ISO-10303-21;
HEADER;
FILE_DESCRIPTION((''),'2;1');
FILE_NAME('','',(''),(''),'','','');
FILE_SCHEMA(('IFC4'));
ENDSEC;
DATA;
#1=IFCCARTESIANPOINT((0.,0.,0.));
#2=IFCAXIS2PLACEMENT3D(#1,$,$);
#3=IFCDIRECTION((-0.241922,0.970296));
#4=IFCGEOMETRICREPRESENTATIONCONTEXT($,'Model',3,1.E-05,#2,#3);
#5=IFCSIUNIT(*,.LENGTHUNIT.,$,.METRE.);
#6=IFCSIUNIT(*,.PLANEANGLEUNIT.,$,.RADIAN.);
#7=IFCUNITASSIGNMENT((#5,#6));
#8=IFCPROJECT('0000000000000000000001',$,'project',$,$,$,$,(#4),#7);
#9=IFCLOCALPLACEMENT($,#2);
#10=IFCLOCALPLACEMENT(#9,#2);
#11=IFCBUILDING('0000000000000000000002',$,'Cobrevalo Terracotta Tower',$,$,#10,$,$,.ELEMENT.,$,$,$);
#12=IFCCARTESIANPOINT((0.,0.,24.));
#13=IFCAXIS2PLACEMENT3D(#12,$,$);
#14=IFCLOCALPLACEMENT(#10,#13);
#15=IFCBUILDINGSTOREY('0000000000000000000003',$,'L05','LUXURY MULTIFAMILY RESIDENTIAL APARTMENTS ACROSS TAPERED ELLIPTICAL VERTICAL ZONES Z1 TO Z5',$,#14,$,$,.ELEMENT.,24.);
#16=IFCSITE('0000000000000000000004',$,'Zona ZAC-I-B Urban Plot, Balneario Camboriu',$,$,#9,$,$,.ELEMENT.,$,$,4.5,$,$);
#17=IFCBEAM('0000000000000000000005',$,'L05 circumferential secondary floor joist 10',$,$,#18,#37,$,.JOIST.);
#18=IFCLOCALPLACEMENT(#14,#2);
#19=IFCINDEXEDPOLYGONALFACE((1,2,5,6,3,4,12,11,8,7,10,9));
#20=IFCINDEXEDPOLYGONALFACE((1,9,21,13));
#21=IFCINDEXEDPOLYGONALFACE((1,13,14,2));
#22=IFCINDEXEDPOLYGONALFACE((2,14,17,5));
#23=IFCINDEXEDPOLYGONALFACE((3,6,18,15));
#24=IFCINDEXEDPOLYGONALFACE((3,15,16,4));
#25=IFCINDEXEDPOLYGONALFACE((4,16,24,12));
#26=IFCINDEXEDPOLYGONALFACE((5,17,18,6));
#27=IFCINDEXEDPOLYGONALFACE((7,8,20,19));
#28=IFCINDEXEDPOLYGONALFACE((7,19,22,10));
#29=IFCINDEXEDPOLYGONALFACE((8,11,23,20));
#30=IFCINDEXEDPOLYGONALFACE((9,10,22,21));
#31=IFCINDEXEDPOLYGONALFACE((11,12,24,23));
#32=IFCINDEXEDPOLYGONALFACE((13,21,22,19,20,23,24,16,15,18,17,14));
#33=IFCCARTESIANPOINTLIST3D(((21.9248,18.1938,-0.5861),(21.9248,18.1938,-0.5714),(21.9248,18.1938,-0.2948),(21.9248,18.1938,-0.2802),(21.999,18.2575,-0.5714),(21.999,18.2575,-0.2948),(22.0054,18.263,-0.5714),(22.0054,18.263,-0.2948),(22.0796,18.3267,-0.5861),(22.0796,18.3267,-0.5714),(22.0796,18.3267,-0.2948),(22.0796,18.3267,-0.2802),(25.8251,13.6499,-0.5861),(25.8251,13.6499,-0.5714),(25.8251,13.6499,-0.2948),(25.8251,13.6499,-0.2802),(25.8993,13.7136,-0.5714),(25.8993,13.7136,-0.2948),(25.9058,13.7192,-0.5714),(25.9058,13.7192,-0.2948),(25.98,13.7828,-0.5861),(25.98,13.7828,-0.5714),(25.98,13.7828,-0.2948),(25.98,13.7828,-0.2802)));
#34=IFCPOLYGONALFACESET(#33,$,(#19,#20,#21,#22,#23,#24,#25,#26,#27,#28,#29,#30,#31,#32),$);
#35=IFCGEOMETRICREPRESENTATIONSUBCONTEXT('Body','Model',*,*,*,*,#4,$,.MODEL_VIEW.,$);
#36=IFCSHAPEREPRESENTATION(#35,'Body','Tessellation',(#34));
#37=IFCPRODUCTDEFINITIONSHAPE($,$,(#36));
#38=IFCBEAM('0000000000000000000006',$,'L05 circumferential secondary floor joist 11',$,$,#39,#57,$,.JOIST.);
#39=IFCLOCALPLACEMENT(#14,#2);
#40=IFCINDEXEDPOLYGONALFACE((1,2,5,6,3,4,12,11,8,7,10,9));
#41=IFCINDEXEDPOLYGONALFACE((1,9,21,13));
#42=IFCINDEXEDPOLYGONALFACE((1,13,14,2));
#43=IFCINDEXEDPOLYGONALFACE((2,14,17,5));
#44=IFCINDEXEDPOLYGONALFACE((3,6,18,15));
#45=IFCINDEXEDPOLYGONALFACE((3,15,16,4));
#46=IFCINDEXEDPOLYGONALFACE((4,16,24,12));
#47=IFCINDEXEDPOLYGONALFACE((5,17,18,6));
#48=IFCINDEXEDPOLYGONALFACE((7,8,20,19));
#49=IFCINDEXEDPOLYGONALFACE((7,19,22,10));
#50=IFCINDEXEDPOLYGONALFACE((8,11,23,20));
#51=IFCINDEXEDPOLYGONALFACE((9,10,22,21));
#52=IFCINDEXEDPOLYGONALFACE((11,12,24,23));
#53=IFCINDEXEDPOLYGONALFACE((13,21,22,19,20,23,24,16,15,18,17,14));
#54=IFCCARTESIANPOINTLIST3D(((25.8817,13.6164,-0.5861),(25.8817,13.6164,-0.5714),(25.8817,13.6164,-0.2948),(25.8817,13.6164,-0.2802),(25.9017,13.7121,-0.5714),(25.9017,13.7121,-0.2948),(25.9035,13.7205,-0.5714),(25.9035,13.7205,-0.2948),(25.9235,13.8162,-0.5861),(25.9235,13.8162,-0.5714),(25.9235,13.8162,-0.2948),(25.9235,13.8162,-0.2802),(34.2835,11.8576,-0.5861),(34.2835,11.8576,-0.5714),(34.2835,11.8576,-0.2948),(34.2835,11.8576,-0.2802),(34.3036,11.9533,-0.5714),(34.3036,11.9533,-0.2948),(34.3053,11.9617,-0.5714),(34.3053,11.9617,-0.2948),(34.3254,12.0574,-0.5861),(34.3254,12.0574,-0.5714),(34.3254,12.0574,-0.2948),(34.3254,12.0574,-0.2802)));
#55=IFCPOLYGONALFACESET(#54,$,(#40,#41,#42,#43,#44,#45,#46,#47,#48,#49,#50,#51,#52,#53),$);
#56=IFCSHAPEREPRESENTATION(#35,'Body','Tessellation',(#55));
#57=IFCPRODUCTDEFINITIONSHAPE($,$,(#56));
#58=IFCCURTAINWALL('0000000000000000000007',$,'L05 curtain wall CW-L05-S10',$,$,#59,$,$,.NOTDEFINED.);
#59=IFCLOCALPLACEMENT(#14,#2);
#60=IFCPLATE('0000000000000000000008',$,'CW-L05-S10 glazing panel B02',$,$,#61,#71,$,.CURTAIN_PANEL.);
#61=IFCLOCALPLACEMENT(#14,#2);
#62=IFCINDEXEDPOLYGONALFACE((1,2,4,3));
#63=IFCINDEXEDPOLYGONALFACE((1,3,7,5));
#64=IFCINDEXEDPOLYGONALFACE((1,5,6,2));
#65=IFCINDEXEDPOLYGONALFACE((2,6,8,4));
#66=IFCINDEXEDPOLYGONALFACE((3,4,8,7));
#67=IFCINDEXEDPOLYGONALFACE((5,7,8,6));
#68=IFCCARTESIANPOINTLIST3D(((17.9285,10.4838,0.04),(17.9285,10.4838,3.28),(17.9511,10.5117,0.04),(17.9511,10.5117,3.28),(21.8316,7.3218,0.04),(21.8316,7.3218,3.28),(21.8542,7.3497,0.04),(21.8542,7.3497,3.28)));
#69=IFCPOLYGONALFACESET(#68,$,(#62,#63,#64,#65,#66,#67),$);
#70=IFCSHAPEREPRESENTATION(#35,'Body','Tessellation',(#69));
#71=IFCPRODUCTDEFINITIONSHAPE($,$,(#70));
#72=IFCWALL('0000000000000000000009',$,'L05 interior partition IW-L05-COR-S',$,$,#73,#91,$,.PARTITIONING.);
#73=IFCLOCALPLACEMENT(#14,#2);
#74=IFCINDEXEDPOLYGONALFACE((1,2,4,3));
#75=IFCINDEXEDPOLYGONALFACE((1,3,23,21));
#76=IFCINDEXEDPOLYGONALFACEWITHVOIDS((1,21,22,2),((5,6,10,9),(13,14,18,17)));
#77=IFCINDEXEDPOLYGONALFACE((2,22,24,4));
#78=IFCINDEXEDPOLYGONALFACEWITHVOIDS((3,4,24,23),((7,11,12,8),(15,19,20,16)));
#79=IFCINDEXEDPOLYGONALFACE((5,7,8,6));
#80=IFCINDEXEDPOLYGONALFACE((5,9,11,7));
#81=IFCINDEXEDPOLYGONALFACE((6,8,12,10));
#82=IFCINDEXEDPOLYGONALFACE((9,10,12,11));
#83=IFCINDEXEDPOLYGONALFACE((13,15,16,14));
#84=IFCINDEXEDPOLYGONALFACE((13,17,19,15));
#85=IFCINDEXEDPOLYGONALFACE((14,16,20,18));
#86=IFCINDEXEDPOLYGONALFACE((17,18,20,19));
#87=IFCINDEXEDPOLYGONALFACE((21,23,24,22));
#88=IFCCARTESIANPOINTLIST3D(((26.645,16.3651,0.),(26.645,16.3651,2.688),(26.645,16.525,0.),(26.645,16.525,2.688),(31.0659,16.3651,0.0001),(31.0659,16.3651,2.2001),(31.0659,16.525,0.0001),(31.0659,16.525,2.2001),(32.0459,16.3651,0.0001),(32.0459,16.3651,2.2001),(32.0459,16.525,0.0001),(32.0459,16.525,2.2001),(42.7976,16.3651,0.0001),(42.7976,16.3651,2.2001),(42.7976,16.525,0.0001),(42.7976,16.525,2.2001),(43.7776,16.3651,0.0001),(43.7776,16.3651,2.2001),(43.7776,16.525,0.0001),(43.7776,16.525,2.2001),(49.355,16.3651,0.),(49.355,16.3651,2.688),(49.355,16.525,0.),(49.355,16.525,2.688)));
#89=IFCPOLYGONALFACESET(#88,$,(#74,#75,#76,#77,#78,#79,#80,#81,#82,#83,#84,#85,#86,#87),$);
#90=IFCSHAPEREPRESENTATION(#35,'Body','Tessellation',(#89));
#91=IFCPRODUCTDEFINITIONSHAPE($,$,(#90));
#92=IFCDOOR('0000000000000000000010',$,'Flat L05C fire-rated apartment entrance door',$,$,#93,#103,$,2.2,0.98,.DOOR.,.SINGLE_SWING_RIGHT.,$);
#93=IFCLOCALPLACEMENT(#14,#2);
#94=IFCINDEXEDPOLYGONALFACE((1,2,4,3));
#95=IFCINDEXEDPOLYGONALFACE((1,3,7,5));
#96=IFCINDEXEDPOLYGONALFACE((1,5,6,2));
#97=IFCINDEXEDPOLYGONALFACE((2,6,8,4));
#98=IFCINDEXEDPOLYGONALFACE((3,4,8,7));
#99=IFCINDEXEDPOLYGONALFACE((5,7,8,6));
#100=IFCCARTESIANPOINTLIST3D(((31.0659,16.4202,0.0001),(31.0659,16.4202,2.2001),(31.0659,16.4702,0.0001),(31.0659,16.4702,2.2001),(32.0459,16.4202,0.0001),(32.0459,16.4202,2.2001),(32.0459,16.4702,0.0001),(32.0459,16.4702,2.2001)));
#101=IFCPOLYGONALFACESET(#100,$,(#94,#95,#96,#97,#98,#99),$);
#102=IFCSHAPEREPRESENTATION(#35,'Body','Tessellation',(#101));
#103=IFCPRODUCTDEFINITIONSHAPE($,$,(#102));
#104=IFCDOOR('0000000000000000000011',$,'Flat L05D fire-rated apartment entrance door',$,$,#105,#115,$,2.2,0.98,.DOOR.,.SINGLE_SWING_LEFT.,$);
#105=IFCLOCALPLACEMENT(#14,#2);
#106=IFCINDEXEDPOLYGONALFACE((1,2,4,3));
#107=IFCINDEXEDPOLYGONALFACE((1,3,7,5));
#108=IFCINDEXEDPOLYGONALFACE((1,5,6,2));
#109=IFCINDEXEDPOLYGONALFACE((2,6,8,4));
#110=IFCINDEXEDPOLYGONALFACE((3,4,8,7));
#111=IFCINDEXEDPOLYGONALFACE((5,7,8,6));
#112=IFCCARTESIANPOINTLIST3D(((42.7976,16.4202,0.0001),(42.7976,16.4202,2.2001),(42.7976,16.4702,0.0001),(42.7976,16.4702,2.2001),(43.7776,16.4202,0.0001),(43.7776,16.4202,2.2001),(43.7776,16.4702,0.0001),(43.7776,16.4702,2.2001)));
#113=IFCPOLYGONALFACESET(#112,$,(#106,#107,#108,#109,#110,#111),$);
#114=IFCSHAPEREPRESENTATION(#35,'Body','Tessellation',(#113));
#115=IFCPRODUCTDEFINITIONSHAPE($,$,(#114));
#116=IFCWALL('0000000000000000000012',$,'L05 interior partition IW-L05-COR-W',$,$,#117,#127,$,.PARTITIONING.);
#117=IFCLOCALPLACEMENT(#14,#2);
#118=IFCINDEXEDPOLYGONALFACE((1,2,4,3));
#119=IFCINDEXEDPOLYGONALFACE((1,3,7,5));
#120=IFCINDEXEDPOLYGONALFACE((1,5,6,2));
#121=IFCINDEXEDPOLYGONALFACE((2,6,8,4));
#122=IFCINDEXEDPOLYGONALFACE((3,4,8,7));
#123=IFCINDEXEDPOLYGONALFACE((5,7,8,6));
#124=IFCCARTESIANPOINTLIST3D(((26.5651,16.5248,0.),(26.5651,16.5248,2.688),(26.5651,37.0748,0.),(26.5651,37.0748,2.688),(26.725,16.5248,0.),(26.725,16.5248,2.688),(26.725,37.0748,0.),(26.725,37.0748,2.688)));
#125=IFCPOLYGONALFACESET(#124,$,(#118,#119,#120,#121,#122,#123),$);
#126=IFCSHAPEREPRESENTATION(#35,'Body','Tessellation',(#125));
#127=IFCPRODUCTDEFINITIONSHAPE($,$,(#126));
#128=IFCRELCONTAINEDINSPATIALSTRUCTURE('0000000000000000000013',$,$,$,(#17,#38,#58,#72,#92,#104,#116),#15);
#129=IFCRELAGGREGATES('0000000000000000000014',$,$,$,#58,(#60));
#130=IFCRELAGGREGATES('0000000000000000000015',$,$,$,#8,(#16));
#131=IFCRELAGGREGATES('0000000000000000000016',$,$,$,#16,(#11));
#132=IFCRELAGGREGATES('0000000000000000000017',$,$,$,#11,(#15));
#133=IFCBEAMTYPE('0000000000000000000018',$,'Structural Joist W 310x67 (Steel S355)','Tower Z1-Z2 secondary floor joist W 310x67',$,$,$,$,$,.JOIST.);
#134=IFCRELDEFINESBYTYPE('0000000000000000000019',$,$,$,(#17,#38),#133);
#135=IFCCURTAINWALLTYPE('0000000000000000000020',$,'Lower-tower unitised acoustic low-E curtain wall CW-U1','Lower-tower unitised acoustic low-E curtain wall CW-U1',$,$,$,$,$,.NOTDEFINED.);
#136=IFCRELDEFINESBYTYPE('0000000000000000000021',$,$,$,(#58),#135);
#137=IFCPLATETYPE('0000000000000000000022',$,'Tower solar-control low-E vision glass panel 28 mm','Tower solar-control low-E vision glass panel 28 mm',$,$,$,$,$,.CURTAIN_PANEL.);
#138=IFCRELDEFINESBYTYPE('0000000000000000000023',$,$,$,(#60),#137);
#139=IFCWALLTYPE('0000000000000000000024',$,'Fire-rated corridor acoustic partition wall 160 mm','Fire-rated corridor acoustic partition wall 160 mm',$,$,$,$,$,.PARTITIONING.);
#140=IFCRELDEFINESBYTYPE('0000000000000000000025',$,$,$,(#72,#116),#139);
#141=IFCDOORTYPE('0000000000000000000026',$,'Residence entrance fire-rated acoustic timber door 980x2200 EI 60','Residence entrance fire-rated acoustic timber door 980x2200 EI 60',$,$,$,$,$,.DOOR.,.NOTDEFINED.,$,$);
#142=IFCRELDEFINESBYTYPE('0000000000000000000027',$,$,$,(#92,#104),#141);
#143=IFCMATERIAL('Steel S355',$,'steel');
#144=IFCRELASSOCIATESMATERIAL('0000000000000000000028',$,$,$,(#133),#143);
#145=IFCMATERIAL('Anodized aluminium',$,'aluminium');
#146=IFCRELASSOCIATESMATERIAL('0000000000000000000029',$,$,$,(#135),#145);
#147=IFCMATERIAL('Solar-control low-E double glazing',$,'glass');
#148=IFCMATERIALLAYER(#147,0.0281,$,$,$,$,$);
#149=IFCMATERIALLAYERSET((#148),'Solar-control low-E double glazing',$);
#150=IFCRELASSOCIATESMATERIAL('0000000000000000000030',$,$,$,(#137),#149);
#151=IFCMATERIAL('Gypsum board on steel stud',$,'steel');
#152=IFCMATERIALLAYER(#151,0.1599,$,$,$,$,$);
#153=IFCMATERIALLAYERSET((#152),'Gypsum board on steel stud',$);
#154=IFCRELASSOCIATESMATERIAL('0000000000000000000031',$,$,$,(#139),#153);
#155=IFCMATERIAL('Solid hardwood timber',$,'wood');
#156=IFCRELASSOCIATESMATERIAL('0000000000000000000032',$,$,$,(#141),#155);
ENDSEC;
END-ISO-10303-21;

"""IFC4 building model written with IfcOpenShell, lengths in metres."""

from ifc_helpers import new_model, si_unit, direction, frame, frame_2d, origin, origin_2d, place, context, subcontext, project, spatial, rectangle, i_section, extrude, source, transform, mapped, material, layer, layer_set, material_profile, profile_set, type_object, element, fill, aggregate, save


model = new_model("IFC4")

# Units and contexts
model_context = context("Model", 3, precision=1e-05, world=origin(), true_north=direction((-0.241922, 0.970296)))
body_context = subcontext(model_context, "Body", "Model", "MODEL_VIEW")
ifc_project = project(units=[si_unit("LENGTHUNIT", "METRE"), si_unit("PLANEANGLEUNIT", "RADIAN")], contexts=[model_context])

# Site, building, storey
site_placement = place(None, origin())
site = spatial("IfcSite", under=ifc_project, at=site_placement, Name="Zona ZAC-I-B Urban Plot, Balneario Camboriu", CompositionType="ELEMENT", RefElevation=4.5)
building_placement = place(site_placement, origin())
building = spatial("IfcBuilding", under=site, at=building_placement, Name="Cobrevalo Terracotta Tower", CompositionType="ELEMENT")
storey_placement = place(building_placement, frame((0.0, 0.0, 24.0)))
storey = spatial("IfcBuildingStorey", under=building, at=storey_placement, Name="L05", Description="LUXURY MULTIFAMILY RESIDENTIAL APARTMENTS ACROSS TAPERED ELLIPTICAL VERTICAL ZONES Z1 TO Z5", CompositionType="ELEMENT", Elevation=24.0)

# Beams
ifc_material_1 = material(Name="Steel S355", Category="steel")
ifc_material_profile = material_profile(ifc_material_1, i_section(OverallWidth=0.2041, OverallDepth=0.3059, WebThickness=0.0085, FlangeThickness=0.0146, at=origin_2d()), Name="W 310x67")
ifc_profile_set = profile_set([ifc_material_profile], Name="Steel S355")
beam_type = type_object("IfcBeamType", Name="Structural Joist W 310x67 (Steel S355)", Description="Tower Z1-Z2 secondary floor joist W 310x67", PredefinedType="JOIST", material=ifc_profile_set)
beam_1_placement = place(storey_placement, frame((22.0022, 18.2603, -0.4331), z_axis=(0.651328, -0.758796, 0.0), x_axis=(0.758796, 0.651328, 0.0)))
element("IfcBeam", 1, at=beam_1_placement, inside=storey, type_object=beam_type, Name="L05 circumferential secondary floor joist 10", PredefinedType="JOIST", context=body_context, shape_type="SweptSolid", body=[
    extrude(i_section(OverallWidth=0.2041, OverallDepth=0.3059, WebThickness=0.0085, FlangeThickness=0.0146, at=origin_2d()), origin(), (0.0, 0.0, 1.0), 5.9883),
])
beam_2_placement = place(storey_placement, frame((25.9026, 13.7163, -0.4331), z_axis=(0.978785, -0.204892, 0.0), x_axis=(0.204892, 0.978785, 0.0)))
element("IfcBeam", 2, at=beam_2_placement, inside=storey, type_object=beam_type, Name="L05 circumferential secondary floor joist 11", PredefinedType="JOIST", context=body_context, shape_type="SweptSolid", body=[
    extrude(i_section(OverallWidth=0.2041, OverallDepth=0.3059, WebThickness=0.0085, FlangeThickness=0.0146, at=origin_2d()), origin(), (0.0, 0.0, 1.0), 8.584),
])

# Curtain wall, plate
ifc_material_2 = material(Name="Anodized aluminium", Category="aluminium")
curtain_wall_type = type_object("IfcCurtainWallType", Name="Lower-tower unitised acoustic low-E curtain wall CW-U1", Description="Lower-tower unitised acoustic low-E curtain wall CW-U1", PredefinedType="NOTDEFINED", material=ifc_material_2)
curtain_wall_placement = place(storey_placement, origin())
curtain_wall = element("IfcCurtainWall", 3, at=curtain_wall_placement, inside=storey, type_object=curtain_wall_type, Name="L05 curtain wall CW-L05-S10", PredefinedType="NOTDEFINED")
ifc_material_3 = material(Name="Solar-control low-E double glazing", Category="glass")
ifc_layer_1 = layer(ifc_material_3, 0.0281)
ifc_layer_set_1 = layer_set([ifc_layer_1], Name="Solar-control low-E double glazing")
plate_type = type_object("IfcPlateType", Name="Tower solar-control low-E vision glass panel 28 mm", Description="Tower solar-control low-E vision glass panel 28 mm", PredefinedType="CURTAIN_PANEL", material=ifc_layer_set_1)
shared_shape_1 = source(origin(), body_context, "Body", "SweptSolid", [
    extrude(rectangle(XDim=5.0232, YDim=0.0359, at=origin_2d()), origin(), (0.0, 0.0, 1.0), 3.24),
])
plate_placement = place(storey_placement, frame((19.8914, 8.9167, 0.04), z_axis=(0.0, 0.0, 1.0), x_axis=(0.777008, -0.629491, 0.0)))
plate = element("IfcPlate", 4, at=plate_placement, type_object=plate_type, Name="CW-L05-S10 glazing panel B02", PredefinedType="CURTAIN_PANEL", context=body_context, shape_type="MappedRepresentation", body=[
    mapped(shared_shape_1, transform((0.0, 0.0, 0.0), scale=1.0)),
])
aggregate(curtain_wall, [plate])

# Wall, openings, doors
ifc_material_4 = material(Name="Gypsum board on steel stud", Category="steel")
ifc_layer_2 = layer(ifc_material_4, 0.1599)
ifc_layer_set_2 = layer_set([ifc_layer_2], Name="Gypsum board on steel stud")
wall_type_1 = type_object("IfcWallType", Name="Fire-rated corridor acoustic partition wall 160 mm", Description="Fire-rated corridor acoustic partition wall 160 mm", PredefinedType="PARTITIONING", material=ifc_layer_set_2)
wall_1_placement = place(storey_placement, frame((26.645, 16.4451, 0.0), z_axis=(0.0, 0.0, 1.0), x_axis=(1.0, 0.0, 0.0)))
wall_1 = element("IfcWall", 5, at=wall_1_placement, inside=storey, type_object=wall_type_1, Name="L05 interior partition IW-L05-COR-S", PredefinedType="PARTITIONING", context=body_context, shape_type="SweptSolid", body=[
    extrude(rectangle(XDim=22.71, YDim=0.1599, at=frame_2d((11.355, 0.0))), origin(), (0.0, 0.0, 1.0), 2.688),
])
opening_1_placement = place(wall_1_placement, frame((4.4209, 0.0, 0.0)))
opening_1 = element("IfcOpeningElement", 6, at=opening_1_placement, cuts=wall_1, PredefinedType="OPENING", context=body_context, shape_type="SweptSolid", body=[
    extrude(rectangle(XDim=0.98, YDim=2.2, at=frame_2d((0.49, 1.1001))), frame((0.0, 0.0898, 0.0), z_axis=(0.0, -1.0, 0.0), x_axis=(1.0, 0.0, 0.0)), (0.0, 0.0, 1.0), 0.1799),
])
opening_2_placement = place(wall_1_placement, frame((16.1526, 0.0, 0.0)))
opening_2 = element("IfcOpeningElement", 7, at=opening_2_placement, cuts=wall_1, PredefinedType="OPENING", context=body_context, shape_type="SweptSolid", body=[
    extrude(rectangle(XDim=0.98, YDim=2.2, at=frame_2d((0.49, 1.1001))), frame((0.0, 0.0898, 0.0), z_axis=(0.0, -1.0, 0.0), x_axis=(1.0, 0.0, 0.0)), (0.0, 0.0, 1.0), 0.1799),
])
ifc_material_5 = material(Name="Solid hardwood timber", Category="wood")
door_type_1 = type_object("IfcDoorType", Name="Residence entrance fire-rated acoustic timber door 980x2200 EI 60", Description="Residence entrance fire-rated acoustic timber door 980x2200 EI 60", OperationType="NOTDEFINED", PredefinedType="DOOR", material=ifc_material_5)
shared_shape_2 = source(origin(), body_context, "Body", "SweptSolid", [
    extrude(rectangle(XDim=0.98, YDim=2.2, at=frame_2d((0.49, 1.1001))), frame((0.0, 0.0249, 0.0), z_axis=(0.0, -1.0, 0.0), x_axis=(1.0, 0.0, 0.0)), (0.0, 0.0, 1.0), 0.05),
])
door_1_placement = place(opening_1_placement, frame((0.98, 0.0, 0.0), z_axis=(0.0, 0.0, 1.0), x_axis=(-1.0, 0.0, 0.0)))
door_1 = element("IfcDoor", 8, at=door_1_placement, inside=storey, type_object=door_type_1, Name="Flat L05C fire-rated apartment entrance door", OperationType="SINGLE_SWING_RIGHT", OverallHeight=2.2, OverallWidth=0.98, PredefinedType="DOOR", context=body_context, shape_type="MappedRepresentation", body=[
    mapped(shared_shape_2, transform((0.0, 0.0, 0.0), scale=1.0)),
])
fill(opening_1, door_1)
door_2_placement = place(opening_2_placement, frame((0.98, 0.0, 0.0), z_axis=(0.0, 0.0, 1.0), x_axis=(-1.0, 0.0, 0.0)))
door_2 = element("IfcDoor", 9, at=door_2_placement, inside=storey, type_object=door_type_1, Name="Flat L05D fire-rated apartment entrance door", OperationType="SINGLE_SWING_LEFT", OverallHeight=2.2, OverallWidth=0.98, PredefinedType="DOOR", context=body_context, shape_type="MappedRepresentation", body=[
    mapped(shared_shape_2, transform((0.0, 0.0, 0.0), scale=1.0)),
])
fill(opening_2, door_2)

# Wall
wall_2_placement = place(storey_placement, frame((26.645, 16.5249, 0.0), z_axis=(0.0, 0.0, 1.0), x_axis=(0.0, 1.0, 0.0)))
element("IfcWall", 10, at=wall_2_placement, inside=storey, type_object=wall_type_1, Name="L05 interior partition IW-L05-COR-W", PredefinedType="PARTITIONING", context=body_context, shape_type="SweptSolid", body=[
    extrude(rectangle(XDim=20.55, YDim=0.1599, at=frame_2d((10.2749, 0.0))), origin(), (0.0, 0.0, 1.0), 2.688),
])

save(model, "model.ifc")
